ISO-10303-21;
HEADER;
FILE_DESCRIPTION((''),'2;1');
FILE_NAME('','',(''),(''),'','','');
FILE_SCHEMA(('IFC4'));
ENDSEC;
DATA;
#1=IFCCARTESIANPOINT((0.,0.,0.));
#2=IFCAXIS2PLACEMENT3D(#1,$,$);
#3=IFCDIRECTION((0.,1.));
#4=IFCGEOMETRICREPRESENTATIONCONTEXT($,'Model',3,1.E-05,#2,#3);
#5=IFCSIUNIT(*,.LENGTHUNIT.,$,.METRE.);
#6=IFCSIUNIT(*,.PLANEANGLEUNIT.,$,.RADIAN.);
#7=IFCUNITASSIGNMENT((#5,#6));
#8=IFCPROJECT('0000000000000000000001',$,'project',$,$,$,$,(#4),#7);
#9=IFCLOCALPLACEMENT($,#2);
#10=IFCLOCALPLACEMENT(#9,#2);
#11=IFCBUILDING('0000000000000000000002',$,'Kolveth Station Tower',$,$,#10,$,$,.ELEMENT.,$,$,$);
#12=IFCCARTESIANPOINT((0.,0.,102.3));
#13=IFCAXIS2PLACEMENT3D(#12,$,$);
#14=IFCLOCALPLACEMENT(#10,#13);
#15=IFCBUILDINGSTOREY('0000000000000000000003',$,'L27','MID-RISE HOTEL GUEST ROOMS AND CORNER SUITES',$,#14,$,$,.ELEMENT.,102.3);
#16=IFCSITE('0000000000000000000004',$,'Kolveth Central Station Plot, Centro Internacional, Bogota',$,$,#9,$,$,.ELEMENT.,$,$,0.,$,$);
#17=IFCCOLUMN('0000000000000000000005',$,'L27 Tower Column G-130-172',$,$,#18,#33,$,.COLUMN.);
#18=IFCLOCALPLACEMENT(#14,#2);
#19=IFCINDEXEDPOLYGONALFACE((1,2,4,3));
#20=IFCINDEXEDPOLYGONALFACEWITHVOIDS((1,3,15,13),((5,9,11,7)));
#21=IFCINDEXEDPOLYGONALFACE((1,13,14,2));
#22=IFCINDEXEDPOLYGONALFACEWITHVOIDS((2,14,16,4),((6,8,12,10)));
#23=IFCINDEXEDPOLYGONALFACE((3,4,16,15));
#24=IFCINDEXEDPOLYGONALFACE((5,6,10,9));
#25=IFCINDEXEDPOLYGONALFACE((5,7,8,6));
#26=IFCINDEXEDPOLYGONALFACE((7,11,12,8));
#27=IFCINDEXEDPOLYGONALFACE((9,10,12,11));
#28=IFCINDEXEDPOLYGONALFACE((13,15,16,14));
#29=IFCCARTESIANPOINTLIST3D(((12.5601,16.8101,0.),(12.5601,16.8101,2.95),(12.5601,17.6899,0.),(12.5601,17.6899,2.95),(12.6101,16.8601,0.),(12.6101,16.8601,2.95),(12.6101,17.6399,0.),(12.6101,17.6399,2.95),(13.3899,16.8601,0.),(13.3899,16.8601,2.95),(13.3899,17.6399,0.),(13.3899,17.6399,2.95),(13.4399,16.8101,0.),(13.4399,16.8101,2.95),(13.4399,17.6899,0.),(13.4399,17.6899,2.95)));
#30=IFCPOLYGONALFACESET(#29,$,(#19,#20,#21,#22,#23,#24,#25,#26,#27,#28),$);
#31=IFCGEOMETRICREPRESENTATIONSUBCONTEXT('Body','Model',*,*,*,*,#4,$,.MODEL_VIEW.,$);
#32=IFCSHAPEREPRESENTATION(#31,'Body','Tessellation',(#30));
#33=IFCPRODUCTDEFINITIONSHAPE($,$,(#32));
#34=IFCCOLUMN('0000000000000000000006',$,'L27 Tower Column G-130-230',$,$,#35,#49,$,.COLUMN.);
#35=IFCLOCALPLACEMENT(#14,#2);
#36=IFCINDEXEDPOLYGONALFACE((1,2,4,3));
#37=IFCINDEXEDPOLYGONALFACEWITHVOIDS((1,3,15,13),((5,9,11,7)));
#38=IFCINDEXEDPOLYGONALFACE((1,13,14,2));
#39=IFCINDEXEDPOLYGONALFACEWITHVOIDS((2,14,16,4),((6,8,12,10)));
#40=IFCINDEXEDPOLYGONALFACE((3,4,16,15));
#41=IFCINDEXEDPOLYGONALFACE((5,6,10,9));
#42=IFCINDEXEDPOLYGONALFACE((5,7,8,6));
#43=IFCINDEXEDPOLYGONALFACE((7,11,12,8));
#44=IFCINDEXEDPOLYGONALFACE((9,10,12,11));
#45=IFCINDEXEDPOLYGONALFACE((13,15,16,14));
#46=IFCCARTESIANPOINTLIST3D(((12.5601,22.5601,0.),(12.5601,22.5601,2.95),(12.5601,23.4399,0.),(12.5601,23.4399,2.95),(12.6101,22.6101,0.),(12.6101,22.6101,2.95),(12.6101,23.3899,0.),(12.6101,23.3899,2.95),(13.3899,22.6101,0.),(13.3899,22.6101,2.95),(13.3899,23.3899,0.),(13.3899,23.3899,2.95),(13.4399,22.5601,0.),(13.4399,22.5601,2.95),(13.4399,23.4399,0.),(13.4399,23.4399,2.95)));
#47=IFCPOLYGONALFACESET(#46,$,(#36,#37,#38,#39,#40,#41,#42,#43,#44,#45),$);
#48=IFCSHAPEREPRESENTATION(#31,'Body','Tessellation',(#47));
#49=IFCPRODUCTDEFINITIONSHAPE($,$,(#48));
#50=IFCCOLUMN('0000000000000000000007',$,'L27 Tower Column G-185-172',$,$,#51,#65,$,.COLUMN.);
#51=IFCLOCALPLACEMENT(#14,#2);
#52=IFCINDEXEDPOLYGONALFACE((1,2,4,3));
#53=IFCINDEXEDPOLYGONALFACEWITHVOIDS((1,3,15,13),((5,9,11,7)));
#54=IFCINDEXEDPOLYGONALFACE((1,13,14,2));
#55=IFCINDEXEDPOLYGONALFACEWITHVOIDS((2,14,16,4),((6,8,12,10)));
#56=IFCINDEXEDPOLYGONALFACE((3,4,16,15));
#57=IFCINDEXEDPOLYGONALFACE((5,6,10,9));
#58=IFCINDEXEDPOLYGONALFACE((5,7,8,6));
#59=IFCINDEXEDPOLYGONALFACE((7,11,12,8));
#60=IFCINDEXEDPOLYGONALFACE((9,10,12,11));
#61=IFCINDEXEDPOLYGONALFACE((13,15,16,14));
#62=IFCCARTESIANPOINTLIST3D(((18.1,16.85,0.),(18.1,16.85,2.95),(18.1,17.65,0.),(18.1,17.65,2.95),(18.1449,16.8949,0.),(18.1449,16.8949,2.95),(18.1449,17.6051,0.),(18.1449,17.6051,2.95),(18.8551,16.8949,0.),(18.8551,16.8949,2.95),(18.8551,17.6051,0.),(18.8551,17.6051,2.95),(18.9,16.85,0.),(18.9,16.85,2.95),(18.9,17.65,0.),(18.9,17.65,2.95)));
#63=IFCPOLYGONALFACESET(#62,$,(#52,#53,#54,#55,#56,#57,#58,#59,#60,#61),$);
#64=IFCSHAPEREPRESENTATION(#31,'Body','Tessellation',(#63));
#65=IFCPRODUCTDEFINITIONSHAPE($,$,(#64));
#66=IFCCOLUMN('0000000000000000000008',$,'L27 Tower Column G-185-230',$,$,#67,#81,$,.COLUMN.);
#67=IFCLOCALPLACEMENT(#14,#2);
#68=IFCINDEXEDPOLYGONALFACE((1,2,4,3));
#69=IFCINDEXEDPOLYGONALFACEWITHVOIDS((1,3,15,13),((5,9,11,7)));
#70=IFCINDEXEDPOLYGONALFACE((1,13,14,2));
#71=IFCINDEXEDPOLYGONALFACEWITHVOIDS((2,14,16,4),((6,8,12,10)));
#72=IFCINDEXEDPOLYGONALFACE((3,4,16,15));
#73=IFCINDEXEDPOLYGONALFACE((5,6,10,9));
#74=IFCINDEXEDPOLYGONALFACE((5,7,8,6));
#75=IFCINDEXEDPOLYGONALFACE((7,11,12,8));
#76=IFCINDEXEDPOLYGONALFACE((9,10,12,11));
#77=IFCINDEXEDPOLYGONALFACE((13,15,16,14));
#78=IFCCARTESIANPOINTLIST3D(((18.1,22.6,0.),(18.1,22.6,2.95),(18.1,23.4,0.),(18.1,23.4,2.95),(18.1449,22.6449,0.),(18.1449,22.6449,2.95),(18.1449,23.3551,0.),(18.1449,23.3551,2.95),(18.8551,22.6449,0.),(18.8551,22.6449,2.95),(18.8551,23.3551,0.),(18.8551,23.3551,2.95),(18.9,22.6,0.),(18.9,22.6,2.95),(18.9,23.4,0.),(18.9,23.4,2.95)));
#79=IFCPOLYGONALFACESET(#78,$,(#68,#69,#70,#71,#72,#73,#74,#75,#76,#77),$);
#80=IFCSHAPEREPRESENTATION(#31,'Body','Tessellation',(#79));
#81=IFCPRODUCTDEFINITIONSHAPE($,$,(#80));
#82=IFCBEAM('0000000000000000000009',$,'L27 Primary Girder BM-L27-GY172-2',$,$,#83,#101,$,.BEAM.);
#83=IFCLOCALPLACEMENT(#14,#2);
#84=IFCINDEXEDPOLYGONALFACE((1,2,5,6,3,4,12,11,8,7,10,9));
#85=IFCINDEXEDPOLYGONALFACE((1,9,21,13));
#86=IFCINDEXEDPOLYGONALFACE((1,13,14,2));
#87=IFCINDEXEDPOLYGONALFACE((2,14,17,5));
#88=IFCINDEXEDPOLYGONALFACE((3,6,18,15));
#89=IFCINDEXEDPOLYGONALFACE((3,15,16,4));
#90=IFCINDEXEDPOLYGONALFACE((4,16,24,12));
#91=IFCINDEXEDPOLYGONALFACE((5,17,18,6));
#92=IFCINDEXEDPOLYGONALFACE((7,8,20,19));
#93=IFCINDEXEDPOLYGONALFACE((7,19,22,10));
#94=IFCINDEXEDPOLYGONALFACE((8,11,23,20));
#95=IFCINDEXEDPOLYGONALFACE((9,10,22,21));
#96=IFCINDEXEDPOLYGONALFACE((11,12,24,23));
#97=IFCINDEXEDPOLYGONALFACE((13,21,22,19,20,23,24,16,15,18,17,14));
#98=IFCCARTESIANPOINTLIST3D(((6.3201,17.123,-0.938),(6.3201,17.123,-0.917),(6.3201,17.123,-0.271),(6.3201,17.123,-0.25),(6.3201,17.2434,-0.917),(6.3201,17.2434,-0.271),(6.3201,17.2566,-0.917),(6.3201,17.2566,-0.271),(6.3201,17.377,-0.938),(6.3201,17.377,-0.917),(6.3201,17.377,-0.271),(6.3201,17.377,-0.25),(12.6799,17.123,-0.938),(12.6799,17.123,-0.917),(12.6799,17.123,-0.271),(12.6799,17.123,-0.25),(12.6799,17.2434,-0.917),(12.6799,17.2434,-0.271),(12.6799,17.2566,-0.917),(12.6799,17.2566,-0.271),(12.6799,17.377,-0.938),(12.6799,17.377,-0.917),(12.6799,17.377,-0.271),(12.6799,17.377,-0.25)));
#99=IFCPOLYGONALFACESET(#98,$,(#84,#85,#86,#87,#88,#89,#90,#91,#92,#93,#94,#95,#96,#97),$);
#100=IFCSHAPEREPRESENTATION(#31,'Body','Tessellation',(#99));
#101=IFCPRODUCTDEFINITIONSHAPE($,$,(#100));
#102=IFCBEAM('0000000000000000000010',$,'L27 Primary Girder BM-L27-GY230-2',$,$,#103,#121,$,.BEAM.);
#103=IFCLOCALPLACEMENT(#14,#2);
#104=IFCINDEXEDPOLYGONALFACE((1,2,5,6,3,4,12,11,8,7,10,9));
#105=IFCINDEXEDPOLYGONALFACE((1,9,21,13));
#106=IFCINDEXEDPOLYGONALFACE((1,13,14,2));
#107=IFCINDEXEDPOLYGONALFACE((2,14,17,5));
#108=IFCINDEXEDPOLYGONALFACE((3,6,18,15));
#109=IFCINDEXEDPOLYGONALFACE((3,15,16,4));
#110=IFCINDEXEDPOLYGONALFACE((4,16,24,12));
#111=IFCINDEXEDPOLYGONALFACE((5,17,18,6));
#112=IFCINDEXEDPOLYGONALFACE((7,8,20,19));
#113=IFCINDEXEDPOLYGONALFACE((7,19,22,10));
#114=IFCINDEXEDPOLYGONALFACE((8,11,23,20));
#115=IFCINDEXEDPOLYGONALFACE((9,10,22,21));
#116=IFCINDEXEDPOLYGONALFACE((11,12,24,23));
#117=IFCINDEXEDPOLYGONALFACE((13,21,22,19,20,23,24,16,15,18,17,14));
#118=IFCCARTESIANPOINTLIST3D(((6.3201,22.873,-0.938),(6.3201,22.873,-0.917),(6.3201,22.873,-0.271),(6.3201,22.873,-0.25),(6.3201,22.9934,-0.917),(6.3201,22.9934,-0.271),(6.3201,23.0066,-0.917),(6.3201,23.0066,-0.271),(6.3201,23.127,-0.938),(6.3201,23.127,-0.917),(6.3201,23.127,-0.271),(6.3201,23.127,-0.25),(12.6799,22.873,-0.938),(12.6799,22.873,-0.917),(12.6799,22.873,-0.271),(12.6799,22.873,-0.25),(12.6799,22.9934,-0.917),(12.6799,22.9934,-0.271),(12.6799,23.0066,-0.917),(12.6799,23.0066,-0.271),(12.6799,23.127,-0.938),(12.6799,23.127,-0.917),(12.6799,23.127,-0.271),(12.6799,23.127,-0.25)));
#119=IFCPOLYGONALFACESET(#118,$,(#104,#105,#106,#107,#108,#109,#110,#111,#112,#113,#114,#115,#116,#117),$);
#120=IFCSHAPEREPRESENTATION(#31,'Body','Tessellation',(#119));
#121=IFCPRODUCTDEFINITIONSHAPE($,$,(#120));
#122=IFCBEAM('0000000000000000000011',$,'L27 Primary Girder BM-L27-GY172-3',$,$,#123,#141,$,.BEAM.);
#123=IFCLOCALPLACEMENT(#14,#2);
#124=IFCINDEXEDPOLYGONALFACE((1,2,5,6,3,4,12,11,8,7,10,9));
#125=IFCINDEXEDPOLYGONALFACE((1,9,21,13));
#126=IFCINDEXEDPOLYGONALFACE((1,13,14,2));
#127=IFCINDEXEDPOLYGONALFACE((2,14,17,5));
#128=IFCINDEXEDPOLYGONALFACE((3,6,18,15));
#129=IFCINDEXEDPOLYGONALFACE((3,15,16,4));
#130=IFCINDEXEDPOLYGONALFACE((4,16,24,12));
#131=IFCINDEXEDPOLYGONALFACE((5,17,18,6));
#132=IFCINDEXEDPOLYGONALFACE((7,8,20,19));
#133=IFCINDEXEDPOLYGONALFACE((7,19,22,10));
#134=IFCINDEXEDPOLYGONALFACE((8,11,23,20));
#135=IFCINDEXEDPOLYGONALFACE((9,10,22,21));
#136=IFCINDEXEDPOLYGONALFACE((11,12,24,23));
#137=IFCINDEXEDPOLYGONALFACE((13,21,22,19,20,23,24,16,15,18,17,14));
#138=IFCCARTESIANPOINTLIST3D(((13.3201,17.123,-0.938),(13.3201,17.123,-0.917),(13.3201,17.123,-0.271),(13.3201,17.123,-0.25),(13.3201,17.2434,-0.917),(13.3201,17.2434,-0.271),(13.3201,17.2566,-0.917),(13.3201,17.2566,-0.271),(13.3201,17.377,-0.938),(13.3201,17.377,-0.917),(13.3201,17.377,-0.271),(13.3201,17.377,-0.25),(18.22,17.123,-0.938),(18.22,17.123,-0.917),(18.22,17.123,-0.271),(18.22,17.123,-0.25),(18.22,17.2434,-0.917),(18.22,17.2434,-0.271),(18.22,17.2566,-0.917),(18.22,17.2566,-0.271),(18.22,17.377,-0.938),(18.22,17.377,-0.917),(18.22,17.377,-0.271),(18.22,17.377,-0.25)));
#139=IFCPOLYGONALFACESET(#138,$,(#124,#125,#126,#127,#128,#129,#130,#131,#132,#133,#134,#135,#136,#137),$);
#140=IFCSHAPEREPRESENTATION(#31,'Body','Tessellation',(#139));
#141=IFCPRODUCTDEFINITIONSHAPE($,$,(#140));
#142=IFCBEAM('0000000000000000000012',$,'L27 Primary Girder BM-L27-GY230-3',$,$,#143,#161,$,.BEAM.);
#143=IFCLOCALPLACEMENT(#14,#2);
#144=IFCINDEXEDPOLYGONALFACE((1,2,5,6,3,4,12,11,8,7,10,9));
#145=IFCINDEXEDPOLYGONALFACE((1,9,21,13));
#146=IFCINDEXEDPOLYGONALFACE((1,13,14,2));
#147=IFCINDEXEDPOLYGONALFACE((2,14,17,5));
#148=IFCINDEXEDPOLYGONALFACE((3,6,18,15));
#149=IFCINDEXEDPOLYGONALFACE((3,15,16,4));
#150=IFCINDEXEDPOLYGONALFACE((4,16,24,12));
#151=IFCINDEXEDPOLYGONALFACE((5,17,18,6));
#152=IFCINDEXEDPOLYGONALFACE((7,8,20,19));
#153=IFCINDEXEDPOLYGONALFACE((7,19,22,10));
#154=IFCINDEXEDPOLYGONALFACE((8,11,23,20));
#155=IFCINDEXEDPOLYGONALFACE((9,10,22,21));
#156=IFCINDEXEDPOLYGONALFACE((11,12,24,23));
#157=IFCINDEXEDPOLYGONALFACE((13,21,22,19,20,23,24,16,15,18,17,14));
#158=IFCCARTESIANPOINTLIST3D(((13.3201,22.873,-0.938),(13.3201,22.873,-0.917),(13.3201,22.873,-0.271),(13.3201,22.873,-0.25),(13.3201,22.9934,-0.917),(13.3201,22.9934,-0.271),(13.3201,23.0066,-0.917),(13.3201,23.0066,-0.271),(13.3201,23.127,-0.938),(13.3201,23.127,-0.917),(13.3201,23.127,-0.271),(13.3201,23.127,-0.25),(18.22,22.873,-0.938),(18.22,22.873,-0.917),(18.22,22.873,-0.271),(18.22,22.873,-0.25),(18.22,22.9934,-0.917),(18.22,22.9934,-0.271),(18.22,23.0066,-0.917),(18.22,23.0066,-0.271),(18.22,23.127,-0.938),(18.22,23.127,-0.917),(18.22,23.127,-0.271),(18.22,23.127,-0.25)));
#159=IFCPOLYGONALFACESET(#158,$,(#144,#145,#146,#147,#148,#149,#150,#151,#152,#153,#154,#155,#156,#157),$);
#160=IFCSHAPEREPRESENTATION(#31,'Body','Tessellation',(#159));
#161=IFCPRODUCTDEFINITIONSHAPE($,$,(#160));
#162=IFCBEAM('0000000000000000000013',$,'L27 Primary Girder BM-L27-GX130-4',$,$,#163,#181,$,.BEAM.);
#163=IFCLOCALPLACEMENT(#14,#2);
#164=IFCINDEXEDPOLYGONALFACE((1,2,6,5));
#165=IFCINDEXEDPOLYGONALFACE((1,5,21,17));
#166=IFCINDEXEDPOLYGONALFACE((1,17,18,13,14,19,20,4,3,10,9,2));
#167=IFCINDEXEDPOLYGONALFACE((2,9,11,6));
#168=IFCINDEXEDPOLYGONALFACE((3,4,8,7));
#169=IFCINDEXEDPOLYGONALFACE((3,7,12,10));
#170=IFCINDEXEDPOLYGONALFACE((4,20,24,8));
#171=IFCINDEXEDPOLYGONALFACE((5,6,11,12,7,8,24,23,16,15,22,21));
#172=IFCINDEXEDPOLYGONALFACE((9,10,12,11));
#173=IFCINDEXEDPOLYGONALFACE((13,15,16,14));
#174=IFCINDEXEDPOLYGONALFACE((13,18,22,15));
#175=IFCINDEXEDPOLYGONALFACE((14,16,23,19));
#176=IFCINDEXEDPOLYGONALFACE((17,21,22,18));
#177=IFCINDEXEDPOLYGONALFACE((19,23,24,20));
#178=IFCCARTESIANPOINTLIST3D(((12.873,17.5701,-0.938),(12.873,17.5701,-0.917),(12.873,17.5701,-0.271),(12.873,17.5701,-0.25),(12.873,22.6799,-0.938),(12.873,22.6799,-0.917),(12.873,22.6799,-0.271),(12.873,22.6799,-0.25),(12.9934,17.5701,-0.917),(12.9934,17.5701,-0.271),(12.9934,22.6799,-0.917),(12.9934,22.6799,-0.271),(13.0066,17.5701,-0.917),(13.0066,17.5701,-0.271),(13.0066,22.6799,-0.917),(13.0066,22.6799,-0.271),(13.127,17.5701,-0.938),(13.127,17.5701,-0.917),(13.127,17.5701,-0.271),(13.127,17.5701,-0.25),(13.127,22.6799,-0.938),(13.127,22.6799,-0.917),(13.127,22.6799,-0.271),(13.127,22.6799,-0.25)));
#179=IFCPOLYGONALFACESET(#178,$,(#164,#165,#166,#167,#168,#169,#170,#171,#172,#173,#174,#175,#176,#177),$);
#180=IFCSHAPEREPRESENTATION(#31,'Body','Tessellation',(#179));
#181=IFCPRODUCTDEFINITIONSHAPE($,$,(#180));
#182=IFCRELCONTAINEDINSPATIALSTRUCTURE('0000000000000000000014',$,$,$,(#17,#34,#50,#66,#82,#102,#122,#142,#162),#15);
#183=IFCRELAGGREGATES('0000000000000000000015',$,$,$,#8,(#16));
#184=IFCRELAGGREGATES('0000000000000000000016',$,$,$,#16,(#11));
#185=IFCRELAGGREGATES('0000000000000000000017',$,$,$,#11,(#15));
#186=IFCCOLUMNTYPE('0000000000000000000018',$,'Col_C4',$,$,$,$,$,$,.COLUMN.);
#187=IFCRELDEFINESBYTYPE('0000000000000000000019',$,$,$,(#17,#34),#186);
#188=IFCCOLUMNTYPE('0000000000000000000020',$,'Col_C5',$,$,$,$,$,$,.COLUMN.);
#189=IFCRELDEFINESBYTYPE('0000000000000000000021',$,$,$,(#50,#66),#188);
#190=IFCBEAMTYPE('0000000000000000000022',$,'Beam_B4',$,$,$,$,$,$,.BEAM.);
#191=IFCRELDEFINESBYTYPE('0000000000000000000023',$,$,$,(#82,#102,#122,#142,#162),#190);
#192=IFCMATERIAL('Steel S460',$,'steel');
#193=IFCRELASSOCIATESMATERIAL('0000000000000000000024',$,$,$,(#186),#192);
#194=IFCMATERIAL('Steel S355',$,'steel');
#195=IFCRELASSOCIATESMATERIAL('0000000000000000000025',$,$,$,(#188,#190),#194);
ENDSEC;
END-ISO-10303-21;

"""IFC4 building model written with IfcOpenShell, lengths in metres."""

from ifc_helpers import new_model, si_unit, direction, frame, origin, origin_2d, place, context, subcontext, project, spatial, hollow_rectangle, i_section, extrude, source, transform, mapped, material, material_profile, profile_set, type_object, element, save


model = new_model("IFC4")

# Units and contexts
model_context = context("Model", 3, precision=1e-05, world=origin(), true_north=direction((0.0, 1.0)))
body_context = subcontext(model_context, "Body", "Model", "MODEL_VIEW")
ifc_project = project(units=[si_unit("LENGTHUNIT", "METRE"), si_unit("PLANEANGLEUNIT", "RADIAN")], contexts=[model_context])

# Site, building, storey
site_placement = place(None, origin())
site = spatial("IfcSite", under=ifc_project, at=site_placement, Name="Kolveth Central Station Plot, Centro Internacional, Bogota", CompositionType="ELEMENT", RefElevation=0.0)
building_placement = place(site_placement, origin())
building = spatial("IfcBuilding", under=site, at=building_placement, Name="Kolveth Station Tower", CompositionType="ELEMENT")
storey_placement = place(building_placement, frame((0.0, 0.0, 102.3)))
storey = spatial("IfcBuildingStorey", under=building, at=storey_placement, Name="L27", Description="MID-RISE HOTEL GUEST ROOMS AND CORNER SUITES", CompositionType="ELEMENT", Elevation=102.3)

# Columns
ifc_material_1 = material(Name="Steel S460", Category="steel")
ifc_material_profile_1 = material_profile(ifc_material_1, hollow_rectangle(XDim=0.8799, YDim=0.8799, WallThickness=0.05, at=origin_2d()), Name="BOX880x880x50")
ifc_profile_set_1 = profile_set([ifc_material_profile_1], Name="Steel S460")
column_type_1 = type_object("IfcColumnType", Name="Col_C4", PredefinedType="COLUMN", material=ifc_profile_set_1)
shared_shape_1 = source(origin(), body_context, "Body", "SweptSolid", [
    extrude(hollow_rectangle(XDim=0.8799, YDim=0.8799, WallThickness=0.05, at=origin_2d()), origin(), (0.0, 0.0, 1.0), 2.95),
])
for number, where, z_axis, x_axis, name in (
    (1, (13.0, 17.25, 0.0), (0.0, 0.0, 1.0), (1.0, 0.0, 0.0), "L27 Tower Column G-130-172"),
    (2, (13.0, 23.0, 0.0), (0.0, 0.0, 1.0), (1.0, 0.0, 0.0), "L27 Tower Column G-130-230"),
):
    element("IfcColumn", number, at=place(storey_placement, frame(where, z_axis=z_axis, x_axis=x_axis)), inside=storey, type_object=column_type_1, Name=name, PredefinedType="COLUMN", context=body_context, shape_type="MappedRepresentation", body=[
        mapped(shared_shape_1, transform((0.0, 0.0, 0.0), x_axis=(1.0, 0.0, 0.0), y_axis=(0.0, 1.0, 0.0), z_axis=(0.0, 0.0, 1.0), scale=1.0)),
    ])
ifc_material_2 = material(Name="Steel S355", Category="steel")
ifc_material_profile_2 = material_profile(ifc_material_2, hollow_rectangle(XDim=0.8, YDim=0.8, WallThickness=0.0449, at=origin_2d()), Name="BOX800x800x45")
ifc_profile_set_2 = profile_set([ifc_material_profile_2], Name="Steel S355")
column_type_2 = type_object("IfcColumnType", Name="Col_C5", PredefinedType="COLUMN", material=ifc_profile_set_2)
shared_shape_2 = source(origin(), body_context, "Body", "SweptSolid", [
    extrude(hollow_rectangle(XDim=0.8, YDim=0.8, WallThickness=0.0449, at=origin_2d()), origin(), (0.0, 0.0, 1.0), 2.95),
])
for number, where, z_axis, x_axis, name in (
    (3, (18.5, 17.25, 0.0), (0.0, 0.0, 1.0), (1.0, 0.0, 0.0), "L27 Tower Column G-185-172"),
    (4, (18.5, 23.0, 0.0), (0.0, 0.0, 1.0), (1.0, 0.0, 0.0), "L27 Tower Column G-185-230"),
):
    element("IfcColumn", number, at=place(storey_placement, frame(where, z_axis=z_axis, x_axis=x_axis)), inside=storey, type_object=column_type_2, Name=name, PredefinedType="COLUMN", context=body_context, shape_type="MappedRepresentation", body=[
        mapped(shared_shape_2, transform((0.0, 0.0, 0.0), x_axis=(1.0, 0.0, 0.0), y_axis=(0.0, 1.0, 0.0), z_axis=(0.0, 0.0, 1.0), scale=1.0)),
    ])

# Beams
ifc_material_profile_3 = material_profile(ifc_material_2, i_section(OverallWidth=0.2539, OverallDepth=0.688, WebThickness=0.0132, FlangeThickness=0.021, at=origin_2d()), Name="W690x152")
ifc_profile_set_3 = profile_set([ifc_material_profile_3], Name="Steel S355")
beam_type_1 = type_object("IfcBeamType", Name="Beam_B4", PredefinedType="BEAM", material=ifc_profile_set_3)
shared_shape_3 = source(origin(), body_context, "Body", "SweptSolid", [
    extrude(i_section(OverallWidth=0.2539, OverallDepth=0.688, WebThickness=0.0132, FlangeThickness=0.021, at=origin_2d()), origin(), (0.0, 0.0, 1.0), 6.3599),
])
for number, where, z_axis, x_axis, name in (
    (5, (6.3201, 17.25, -0.594), (1.0, 0.0, 0.0), (0.0, 1.0, 0.0), "L27 Primary Girder BM-L27-GY172-2"),
    (6, (6.3201, 23.0, -0.594), (1.0, 0.0, 0.0), (0.0, 1.0, 0.0), "L27 Primary Girder BM-L27-GY230-2"),
):
    element("IfcBeam", number, at=place(storey_placement, frame(where, z_axis=z_axis, x_axis=x_axis)), inside=storey, type_object=beam_type_1, Name=name, PredefinedType="BEAM", context=body_context, shape_type="MappedRepresentation", body=[
        mapped(shared_shape_3, transform((0.0, 0.0, 0.0), x_axis=(1.0, 0.0, 0.0), y_axis=(0.0, 1.0, 0.0), z_axis=(0.0, 0.0, 1.0), scale=1.0)),
    ])
shared_shape_4 = source(origin(), body_context, "Body", "SweptSolid", [
    extrude(i_section(OverallWidth=0.2539, OverallDepth=0.688, WebThickness=0.0132, FlangeThickness=0.021, at=origin_2d()), origin(), (0.0, 0.0, 1.0), 4.8999),
])
for number, where, z_axis, x_axis, name in (
    (7, (13.3201, 17.25, -0.594), (1.0, 0.0, 0.0), (0.0, 1.0, 0.0), "L27 Primary Girder BM-L27-GY172-3"),
    (8, (13.3201, 23.0, -0.594), (1.0, 0.0, 0.0), (0.0, 1.0, 0.0), "L27 Primary Girder BM-L27-GY230-3"),
):
    element("IfcBeam", number, at=place(storey_placement, frame(where, z_axis=z_axis, x_axis=x_axis)), inside=storey, type_object=beam_type_1, Name=name, PredefinedType="BEAM", context=body_context, shape_type="MappedRepresentation", body=[
        mapped(shared_shape_4, transform((0.0, 0.0, 0.0), x_axis=(1.0, 0.0, 0.0), y_axis=(0.0, 1.0, 0.0), z_axis=(0.0, 0.0, 1.0), scale=1.0)),
    ])
shared_shape_5 = source(origin(), body_context, "Body", "SweptSolid", [
    extrude(i_section(OverallWidth=0.2539, OverallDepth=0.688, WebThickness=0.0132, FlangeThickness=0.021, at=origin_2d()), origin(), (0.0, 0.0, 1.0), 5.1099),
])
for number, where, z_axis, x_axis, name in (
    (9, (13.0, 17.5701, -0.594), (0.0, 1.0, 0.0), (-1.0, 0.0, 0.0), "L27 Primary Girder BM-L27-GX130-4"),
):
    element("IfcBeam", number, at=place(storey_placement, frame(where, z_axis=z_axis, x_axis=x_axis)), inside=storey, type_object=beam_type_1, Name=name, PredefinedType="BEAM", context=body_context, shape_type="MappedRepresentation", body=[
        mapped(shared_shape_5, transform((0.0, 0.0, 0.0), x_axis=(1.0, 0.0, 0.0), y_axis=(0.0, 1.0, 0.0), z_axis=(0.0, 0.0, 1.0), scale=1.0)),
    ])

save(model, "model.ifc")
